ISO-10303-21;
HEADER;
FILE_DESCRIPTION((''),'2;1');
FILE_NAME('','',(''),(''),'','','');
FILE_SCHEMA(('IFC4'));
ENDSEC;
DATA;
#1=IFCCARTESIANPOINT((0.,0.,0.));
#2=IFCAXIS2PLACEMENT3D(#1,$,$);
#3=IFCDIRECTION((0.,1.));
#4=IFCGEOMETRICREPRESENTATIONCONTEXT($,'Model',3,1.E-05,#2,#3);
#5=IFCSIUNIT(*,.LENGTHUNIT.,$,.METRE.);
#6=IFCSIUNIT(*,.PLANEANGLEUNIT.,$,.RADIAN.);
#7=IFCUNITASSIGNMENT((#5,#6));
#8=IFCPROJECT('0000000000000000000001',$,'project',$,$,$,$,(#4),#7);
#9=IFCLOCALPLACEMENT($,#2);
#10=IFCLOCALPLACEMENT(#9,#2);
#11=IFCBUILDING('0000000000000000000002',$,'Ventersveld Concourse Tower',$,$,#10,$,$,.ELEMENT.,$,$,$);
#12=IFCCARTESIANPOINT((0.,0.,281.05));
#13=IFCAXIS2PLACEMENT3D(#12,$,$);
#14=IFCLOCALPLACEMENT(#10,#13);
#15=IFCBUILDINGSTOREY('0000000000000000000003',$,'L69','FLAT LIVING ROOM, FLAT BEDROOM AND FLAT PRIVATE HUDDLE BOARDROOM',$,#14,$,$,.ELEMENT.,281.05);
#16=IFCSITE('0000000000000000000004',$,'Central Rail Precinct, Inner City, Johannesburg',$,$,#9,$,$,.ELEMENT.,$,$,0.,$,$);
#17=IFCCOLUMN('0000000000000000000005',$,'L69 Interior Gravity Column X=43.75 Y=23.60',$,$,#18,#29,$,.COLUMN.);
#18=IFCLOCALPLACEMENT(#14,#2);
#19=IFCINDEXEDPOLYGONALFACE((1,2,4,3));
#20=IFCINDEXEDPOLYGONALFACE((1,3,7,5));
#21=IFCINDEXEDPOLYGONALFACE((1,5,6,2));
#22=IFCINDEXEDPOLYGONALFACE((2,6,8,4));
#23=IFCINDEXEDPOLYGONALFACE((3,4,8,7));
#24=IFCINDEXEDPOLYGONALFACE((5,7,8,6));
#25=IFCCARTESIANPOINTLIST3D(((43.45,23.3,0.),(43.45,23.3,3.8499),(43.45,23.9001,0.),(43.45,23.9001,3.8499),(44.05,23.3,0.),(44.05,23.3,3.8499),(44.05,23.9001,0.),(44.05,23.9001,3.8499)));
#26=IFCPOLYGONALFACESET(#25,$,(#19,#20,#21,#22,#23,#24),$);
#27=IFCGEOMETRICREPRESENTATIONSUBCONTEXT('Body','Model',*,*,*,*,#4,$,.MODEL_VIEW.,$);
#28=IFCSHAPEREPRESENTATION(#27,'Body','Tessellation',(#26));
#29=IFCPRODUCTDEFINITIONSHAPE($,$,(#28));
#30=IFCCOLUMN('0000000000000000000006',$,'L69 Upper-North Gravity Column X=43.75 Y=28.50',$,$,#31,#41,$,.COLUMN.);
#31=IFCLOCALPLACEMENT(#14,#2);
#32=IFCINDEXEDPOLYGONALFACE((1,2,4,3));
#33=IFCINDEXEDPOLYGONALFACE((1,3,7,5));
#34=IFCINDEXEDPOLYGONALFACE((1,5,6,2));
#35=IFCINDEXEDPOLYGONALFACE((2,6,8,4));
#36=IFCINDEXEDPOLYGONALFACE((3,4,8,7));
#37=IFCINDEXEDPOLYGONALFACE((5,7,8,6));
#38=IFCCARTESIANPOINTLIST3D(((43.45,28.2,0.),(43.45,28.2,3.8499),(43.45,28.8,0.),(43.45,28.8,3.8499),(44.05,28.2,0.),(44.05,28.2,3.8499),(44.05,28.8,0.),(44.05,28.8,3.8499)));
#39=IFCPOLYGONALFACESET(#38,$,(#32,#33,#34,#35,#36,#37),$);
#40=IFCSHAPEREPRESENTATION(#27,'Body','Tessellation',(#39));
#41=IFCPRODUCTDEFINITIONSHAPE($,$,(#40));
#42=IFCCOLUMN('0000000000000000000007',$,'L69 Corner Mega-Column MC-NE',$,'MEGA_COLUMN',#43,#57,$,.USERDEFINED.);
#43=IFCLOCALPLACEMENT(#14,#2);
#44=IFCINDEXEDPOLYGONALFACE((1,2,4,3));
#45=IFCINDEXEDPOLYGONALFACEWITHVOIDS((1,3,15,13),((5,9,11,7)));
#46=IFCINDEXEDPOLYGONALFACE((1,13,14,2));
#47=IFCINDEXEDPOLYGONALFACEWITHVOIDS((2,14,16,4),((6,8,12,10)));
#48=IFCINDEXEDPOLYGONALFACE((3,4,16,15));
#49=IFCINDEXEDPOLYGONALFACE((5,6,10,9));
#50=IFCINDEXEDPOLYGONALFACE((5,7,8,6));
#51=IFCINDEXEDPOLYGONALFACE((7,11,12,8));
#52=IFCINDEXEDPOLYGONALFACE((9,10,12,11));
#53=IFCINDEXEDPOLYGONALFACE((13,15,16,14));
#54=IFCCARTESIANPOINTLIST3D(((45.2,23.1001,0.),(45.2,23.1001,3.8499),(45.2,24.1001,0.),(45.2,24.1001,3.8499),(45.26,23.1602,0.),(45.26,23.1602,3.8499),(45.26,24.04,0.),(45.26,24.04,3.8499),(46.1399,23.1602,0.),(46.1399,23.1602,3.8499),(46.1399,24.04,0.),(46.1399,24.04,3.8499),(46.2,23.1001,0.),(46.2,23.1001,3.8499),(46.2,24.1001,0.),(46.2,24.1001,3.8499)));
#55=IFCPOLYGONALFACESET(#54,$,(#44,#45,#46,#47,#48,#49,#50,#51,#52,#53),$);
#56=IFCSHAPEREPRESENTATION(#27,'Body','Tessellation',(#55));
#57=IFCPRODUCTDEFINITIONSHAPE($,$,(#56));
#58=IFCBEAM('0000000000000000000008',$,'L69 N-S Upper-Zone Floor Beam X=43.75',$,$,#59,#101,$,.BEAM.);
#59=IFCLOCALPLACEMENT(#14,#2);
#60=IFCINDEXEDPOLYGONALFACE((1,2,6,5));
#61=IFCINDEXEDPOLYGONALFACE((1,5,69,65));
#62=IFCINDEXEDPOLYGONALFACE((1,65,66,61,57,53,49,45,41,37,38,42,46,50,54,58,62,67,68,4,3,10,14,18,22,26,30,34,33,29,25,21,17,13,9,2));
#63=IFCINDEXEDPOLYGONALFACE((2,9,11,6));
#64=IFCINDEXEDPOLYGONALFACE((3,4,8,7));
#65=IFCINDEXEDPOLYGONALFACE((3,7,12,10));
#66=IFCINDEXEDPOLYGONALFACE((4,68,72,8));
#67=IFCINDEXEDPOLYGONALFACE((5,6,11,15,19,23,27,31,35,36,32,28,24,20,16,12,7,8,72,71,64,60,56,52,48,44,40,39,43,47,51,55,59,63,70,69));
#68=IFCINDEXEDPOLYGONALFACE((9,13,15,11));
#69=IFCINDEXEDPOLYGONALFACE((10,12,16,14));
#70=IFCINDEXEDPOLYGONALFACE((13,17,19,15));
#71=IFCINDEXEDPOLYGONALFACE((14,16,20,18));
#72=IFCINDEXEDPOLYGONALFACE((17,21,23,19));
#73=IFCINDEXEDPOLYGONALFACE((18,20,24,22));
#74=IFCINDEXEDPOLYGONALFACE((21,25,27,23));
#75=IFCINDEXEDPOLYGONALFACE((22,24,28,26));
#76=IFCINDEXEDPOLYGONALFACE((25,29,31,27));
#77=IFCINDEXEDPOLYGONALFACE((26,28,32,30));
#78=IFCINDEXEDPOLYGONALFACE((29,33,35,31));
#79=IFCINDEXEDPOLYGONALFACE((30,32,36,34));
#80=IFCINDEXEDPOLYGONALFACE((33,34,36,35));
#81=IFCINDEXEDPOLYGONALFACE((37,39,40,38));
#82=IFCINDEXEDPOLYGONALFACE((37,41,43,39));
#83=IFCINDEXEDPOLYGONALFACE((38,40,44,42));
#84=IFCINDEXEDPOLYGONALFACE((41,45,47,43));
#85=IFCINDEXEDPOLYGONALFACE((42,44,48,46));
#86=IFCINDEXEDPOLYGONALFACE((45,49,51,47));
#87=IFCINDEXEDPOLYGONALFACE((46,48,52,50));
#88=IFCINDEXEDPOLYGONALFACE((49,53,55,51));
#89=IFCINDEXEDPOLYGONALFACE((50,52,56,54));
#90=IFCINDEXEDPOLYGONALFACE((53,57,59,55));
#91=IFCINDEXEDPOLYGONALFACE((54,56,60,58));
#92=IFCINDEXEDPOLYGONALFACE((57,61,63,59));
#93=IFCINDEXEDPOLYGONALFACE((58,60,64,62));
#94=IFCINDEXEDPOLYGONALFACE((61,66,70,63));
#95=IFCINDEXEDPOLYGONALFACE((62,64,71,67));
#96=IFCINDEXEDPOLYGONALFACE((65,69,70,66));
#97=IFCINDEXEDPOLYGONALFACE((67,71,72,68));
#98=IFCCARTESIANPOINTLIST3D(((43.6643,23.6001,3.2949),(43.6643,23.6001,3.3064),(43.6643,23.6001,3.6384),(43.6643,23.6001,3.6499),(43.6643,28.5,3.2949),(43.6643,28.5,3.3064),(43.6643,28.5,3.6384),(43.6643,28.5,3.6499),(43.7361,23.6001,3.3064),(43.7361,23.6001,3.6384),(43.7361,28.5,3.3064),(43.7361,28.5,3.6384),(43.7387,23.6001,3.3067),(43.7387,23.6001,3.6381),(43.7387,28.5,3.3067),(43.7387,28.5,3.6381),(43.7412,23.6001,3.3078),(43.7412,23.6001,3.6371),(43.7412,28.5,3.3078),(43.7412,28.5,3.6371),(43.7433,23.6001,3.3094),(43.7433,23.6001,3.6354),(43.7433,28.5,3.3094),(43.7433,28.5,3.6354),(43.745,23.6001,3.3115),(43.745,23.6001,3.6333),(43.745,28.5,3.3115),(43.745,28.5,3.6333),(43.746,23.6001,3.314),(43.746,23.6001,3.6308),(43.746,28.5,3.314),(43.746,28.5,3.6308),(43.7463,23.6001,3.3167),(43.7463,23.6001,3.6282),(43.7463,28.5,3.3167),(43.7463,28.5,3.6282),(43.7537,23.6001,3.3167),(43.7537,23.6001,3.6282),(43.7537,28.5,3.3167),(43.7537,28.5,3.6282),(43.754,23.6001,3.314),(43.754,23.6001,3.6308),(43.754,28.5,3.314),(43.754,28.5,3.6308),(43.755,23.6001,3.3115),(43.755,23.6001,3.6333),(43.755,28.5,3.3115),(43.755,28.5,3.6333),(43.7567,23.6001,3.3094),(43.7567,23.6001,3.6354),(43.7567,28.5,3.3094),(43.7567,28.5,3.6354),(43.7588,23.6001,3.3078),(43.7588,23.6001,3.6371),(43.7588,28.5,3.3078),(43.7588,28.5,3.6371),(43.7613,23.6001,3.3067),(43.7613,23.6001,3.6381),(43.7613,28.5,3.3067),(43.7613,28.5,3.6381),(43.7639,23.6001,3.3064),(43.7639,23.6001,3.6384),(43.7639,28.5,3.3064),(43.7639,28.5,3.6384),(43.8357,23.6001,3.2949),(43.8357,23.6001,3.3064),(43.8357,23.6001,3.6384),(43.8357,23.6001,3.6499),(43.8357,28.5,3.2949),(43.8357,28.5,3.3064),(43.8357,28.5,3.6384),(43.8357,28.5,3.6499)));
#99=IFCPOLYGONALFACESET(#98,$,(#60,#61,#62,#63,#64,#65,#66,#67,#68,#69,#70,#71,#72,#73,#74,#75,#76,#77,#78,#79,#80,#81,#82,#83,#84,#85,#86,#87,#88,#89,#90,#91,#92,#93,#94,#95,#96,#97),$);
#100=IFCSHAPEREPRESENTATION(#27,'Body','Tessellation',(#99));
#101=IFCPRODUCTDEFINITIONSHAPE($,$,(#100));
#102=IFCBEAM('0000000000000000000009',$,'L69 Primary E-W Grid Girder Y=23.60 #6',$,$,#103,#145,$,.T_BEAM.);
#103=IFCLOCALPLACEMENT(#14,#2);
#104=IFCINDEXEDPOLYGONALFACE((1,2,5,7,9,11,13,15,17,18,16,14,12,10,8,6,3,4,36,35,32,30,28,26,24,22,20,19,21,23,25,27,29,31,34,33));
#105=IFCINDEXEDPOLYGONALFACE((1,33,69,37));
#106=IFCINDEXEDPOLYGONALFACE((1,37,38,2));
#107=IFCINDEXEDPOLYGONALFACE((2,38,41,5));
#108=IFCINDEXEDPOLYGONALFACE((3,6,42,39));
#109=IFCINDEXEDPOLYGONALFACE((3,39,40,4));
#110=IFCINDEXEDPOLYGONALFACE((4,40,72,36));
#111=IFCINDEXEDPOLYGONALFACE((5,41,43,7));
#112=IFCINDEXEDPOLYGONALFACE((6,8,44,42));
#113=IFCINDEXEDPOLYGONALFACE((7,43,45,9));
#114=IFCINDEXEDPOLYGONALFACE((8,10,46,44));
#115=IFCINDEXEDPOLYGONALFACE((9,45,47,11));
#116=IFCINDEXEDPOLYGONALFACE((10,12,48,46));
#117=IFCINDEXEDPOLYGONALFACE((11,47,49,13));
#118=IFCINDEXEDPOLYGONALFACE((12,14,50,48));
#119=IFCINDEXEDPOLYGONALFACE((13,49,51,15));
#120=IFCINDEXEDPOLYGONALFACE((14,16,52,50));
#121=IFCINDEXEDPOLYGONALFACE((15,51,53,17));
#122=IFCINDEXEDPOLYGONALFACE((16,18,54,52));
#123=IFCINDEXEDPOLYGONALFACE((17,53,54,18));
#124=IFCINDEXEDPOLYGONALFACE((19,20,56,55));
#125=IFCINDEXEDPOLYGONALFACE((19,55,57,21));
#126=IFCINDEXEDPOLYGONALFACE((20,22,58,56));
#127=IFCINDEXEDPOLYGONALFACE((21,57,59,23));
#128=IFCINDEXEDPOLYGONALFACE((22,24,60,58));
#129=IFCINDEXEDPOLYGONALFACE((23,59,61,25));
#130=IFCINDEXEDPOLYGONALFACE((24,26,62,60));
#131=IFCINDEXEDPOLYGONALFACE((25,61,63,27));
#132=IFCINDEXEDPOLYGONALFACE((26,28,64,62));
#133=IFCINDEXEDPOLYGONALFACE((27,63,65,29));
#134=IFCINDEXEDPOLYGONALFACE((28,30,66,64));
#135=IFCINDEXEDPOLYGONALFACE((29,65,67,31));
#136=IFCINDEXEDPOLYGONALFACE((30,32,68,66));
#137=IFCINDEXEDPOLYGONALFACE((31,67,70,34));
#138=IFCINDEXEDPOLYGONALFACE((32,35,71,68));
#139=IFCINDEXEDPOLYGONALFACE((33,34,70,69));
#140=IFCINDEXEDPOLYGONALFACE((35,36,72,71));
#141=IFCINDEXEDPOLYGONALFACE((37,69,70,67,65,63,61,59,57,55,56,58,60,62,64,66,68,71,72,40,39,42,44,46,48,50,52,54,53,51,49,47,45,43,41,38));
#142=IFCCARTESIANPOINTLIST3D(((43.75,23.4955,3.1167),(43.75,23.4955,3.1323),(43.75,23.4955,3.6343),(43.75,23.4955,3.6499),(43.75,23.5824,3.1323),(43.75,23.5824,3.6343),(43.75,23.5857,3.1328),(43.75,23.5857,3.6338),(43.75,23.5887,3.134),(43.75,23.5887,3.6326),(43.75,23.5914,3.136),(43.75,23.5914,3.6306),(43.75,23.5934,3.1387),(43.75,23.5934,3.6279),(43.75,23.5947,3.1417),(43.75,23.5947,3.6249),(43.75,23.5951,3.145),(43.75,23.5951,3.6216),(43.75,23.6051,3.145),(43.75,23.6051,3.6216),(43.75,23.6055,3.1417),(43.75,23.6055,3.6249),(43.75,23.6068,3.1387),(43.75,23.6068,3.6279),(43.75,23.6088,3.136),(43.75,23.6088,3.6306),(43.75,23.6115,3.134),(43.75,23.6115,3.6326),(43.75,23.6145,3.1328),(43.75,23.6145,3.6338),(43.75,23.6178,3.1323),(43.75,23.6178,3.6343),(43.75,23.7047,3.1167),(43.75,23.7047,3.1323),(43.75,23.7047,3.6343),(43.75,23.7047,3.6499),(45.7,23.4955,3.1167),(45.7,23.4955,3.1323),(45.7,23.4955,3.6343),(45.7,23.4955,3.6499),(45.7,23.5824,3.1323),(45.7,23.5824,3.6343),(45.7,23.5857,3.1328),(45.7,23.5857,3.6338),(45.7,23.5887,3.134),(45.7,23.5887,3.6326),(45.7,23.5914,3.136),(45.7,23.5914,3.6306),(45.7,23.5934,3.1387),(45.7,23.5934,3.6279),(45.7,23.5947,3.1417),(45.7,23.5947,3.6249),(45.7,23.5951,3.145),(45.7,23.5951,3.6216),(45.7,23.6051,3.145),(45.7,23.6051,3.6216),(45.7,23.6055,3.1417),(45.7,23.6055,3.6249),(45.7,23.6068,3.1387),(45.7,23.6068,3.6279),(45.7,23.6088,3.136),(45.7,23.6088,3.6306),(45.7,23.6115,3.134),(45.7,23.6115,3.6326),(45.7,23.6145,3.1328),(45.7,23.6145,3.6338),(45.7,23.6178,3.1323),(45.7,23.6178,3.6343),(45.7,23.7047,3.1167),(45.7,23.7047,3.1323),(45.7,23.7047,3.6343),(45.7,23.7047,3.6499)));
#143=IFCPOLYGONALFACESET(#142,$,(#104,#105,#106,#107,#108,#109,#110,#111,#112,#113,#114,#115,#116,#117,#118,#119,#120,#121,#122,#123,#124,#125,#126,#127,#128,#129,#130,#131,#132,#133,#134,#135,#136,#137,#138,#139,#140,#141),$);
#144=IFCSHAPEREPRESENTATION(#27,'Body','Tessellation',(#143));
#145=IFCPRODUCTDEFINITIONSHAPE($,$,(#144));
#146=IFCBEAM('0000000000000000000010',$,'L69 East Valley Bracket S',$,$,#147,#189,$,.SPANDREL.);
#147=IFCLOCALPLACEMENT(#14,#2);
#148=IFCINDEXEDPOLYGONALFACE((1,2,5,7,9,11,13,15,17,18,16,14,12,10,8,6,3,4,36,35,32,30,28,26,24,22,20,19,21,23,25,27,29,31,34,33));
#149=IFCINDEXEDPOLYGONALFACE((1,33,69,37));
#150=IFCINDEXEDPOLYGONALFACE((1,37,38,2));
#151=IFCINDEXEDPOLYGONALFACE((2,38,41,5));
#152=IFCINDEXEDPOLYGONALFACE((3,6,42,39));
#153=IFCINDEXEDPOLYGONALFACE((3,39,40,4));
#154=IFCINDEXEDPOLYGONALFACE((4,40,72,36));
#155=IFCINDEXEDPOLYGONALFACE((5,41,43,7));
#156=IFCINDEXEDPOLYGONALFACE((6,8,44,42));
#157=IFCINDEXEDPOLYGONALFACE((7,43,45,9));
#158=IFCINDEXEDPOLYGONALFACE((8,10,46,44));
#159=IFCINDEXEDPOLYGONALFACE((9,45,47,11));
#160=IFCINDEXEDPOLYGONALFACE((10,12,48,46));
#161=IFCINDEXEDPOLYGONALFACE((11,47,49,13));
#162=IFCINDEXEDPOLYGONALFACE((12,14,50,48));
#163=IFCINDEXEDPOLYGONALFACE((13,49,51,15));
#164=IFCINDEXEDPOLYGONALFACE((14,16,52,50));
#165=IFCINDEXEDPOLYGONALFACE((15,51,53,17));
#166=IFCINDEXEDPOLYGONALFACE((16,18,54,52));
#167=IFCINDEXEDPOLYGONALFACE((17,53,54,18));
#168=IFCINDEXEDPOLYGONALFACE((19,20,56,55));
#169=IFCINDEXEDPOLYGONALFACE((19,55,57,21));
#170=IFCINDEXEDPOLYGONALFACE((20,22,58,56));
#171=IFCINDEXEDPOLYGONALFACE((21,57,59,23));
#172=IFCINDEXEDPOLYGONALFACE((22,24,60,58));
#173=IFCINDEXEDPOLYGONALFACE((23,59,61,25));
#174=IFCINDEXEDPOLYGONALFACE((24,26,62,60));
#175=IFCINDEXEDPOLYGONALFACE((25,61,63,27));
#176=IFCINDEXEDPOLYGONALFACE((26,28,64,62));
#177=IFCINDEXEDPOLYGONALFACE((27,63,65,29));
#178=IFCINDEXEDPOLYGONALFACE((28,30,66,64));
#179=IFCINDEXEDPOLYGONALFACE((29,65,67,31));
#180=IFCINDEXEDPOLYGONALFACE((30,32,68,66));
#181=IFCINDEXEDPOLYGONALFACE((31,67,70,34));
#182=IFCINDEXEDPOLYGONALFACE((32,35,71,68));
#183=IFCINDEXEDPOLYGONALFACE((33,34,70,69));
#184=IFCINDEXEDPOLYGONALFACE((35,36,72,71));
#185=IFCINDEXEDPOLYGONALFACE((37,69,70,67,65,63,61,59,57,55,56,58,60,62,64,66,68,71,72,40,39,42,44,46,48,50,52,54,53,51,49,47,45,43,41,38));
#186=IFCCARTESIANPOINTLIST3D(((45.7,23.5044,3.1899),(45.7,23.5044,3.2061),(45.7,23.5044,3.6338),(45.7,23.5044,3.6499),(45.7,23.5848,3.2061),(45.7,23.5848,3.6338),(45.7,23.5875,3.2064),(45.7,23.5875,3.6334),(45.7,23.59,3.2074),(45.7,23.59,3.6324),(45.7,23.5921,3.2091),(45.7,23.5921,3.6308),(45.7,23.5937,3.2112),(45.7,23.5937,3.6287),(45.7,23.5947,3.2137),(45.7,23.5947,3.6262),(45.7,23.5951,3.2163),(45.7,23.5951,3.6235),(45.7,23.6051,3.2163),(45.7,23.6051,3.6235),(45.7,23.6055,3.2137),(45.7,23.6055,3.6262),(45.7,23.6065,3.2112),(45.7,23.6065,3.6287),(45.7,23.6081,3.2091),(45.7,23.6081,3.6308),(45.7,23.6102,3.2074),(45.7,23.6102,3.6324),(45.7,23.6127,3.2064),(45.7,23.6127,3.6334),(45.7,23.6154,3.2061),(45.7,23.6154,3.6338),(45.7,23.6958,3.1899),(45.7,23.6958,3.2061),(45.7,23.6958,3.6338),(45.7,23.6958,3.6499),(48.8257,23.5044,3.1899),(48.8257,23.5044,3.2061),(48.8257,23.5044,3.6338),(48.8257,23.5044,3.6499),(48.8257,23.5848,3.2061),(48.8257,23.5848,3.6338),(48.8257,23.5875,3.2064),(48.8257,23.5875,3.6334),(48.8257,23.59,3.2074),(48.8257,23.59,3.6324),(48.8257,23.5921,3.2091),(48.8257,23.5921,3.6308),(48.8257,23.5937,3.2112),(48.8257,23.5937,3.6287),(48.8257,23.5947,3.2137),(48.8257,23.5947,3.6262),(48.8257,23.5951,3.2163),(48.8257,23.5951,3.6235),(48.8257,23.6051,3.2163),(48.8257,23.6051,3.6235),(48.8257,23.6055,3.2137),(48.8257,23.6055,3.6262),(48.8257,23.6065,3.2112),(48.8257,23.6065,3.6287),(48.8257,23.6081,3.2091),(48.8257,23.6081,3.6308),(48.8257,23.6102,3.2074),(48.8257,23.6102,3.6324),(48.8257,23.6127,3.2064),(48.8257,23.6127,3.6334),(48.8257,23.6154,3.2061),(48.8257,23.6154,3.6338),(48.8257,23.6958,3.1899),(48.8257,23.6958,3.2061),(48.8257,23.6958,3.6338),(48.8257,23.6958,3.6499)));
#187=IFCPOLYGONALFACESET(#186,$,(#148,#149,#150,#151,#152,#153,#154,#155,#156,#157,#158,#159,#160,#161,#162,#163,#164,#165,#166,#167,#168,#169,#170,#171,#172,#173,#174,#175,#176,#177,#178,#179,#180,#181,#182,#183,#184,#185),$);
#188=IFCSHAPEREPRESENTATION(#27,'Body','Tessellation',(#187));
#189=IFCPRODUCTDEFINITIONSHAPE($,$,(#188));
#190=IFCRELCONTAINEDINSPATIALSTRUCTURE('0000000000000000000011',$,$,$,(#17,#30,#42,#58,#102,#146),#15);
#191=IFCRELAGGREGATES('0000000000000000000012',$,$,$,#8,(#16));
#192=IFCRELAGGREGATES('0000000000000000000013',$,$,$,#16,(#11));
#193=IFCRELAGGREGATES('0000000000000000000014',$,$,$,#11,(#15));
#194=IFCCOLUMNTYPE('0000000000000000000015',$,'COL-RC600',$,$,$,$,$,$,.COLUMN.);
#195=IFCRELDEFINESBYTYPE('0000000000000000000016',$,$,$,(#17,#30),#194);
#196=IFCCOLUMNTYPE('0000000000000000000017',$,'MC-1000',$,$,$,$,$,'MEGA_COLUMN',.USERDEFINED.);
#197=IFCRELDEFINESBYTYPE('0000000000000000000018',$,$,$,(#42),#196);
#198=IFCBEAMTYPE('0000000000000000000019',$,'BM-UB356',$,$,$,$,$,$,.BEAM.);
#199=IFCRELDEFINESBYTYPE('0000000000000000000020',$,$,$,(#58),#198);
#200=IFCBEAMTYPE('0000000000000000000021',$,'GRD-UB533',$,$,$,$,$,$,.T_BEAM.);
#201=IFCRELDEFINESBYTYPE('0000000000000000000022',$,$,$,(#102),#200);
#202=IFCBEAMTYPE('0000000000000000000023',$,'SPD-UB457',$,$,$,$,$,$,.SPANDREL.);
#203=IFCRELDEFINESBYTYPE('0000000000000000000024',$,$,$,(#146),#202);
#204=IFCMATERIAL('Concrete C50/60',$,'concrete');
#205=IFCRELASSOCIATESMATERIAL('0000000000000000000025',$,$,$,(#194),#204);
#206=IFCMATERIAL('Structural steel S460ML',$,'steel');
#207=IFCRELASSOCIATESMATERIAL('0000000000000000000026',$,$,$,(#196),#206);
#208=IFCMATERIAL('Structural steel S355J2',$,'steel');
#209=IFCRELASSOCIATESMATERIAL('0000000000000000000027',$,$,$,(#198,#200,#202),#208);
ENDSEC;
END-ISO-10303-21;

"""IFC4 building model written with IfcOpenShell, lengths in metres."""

from ifc_helpers import new_model, si_unit, direction, frame, origin, origin_2d, place, context, subcontext, project, spatial, rectangle, hollow_rectangle, i_section, extrude, material, material_profile, profile_set, type_object, element, save


model = new_model("IFC4")

# Units and contexts
model_context = context("Model", 3, precision=1e-05, world=origin(), true_north=direction((0.0, 1.0)))
body_context = subcontext(model_context, "Body", "Model", "MODEL_VIEW")
ifc_project = project(units=[si_unit("LENGTHUNIT", "METRE"), si_unit("PLANEANGLEUNIT", "RADIAN")], contexts=[model_context])

# Site, building, storey
site_placement = place(None, origin())
site = spatial("IfcSite", under=ifc_project, at=site_placement, Name="Central Rail Precinct, Inner City, Johannesburg", CompositionType="ELEMENT", RefElevation=0.0)
building_placement = place(site_placement, origin())
building = spatial("IfcBuilding", under=site, at=building_placement, Name="Ventersveld Concourse Tower", CompositionType="ELEMENT")
storey_placement = place(building_placement, frame((0.0, 0.0, 281.05)))
storey = spatial("IfcBuildingStorey", under=building, at=storey_placement, Name="L69", Description="FLAT LIVING ROOM, FLAT BEDROOM AND FLAT PRIVATE HUDDLE BOARDROOM", CompositionType="ELEMENT", Elevation=281.05)

# Columns
ifc_material_1 = material(Name="Concrete C50/60", Category="concrete")
ifc_material_profile_1 = material_profile(ifc_material_1, rectangle(XDim=0.6001, YDim=0.6001, at=origin_2d()), Name="RC 600x600")
ifc_profile_set_1 = profile_set([ifc_material_profile_1], Name="Concrete C50/60")
column_type_1 = type_object("IfcColumnType", Name="COL-RC600", PredefinedType="COLUMN", material=ifc_profile_set_1)
for number, where, z_axis, x_axis, name in (
    (1, (43.75, 23.6001, 0.0), (0.0, 0.0, 1.0), (1.0, 0.0, 0.0), "L69 Interior Gravity Column X=43.75 Y=23.60"),
    (2, (43.75, 28.5, 0.0), (0.0, 0.0, 1.0), (1.0, 0.0, 0.0), "L69 Upper-North Gravity Column X=43.75 Y=28.50"),
):
    element("IfcColumn", number, at=place(storey_placement, frame(where, z_axis=z_axis, x_axis=x_axis)), inside=storey, type_object=column_type_1, Name=name, PredefinedType="COLUMN", context=body_context, shape_type="SweptSolid", body=[
        extrude(rectangle(XDim=0.6001, YDim=0.6001, at=origin_2d()), origin(), (0.0, 0.0, 1.0), 3.8499),
    ])
ifc_material_2 = material(Name="Structural steel S460ML", Category="steel")
ifc_material_profile_2 = material_profile(ifc_material_2, hollow_rectangle(XDim=1.0, YDim=1.0, WallThickness=0.0601, at=origin_2d()), Name="BOX 1000x1000x60")
ifc_profile_set_2 = profile_set([ifc_material_profile_2], Name="Structural steel S460ML")
column_type_2 = type_object("IfcColumnType", Name="MC-1000", ElementType="MEGA_COLUMN", PredefinedType="USERDEFINED", material=ifc_profile_set_2)
column_placement = place(storey_placement, frame((45.7, 23.6001, 0.0), z_axis=(0.0, 0.0, 1.0), x_axis=(1.0, 0.0, 0.0)))
element("IfcColumn", 3, at=column_placement, inside=storey, type_object=column_type_2, Name="L69 Corner Mega-Column MC-NE", ObjectType="MEGA_COLUMN", PredefinedType="USERDEFINED", context=body_context, shape_type="SweptSolid", body=[
    extrude(hollow_rectangle(XDim=1.0, YDim=1.0, WallThickness=0.0601, at=origin_2d()), origin(), (0.0, 0.0, 1.0), 3.8499),
])

# Beams
ifc_material_3 = material(Name="Structural steel S355J2", Category="steel")
ifc_material_profile_3 = material_profile(ifc_material_3, i_section(OverallWidth=0.1714, OverallDepth=0.355, WebThickness=0.0073, FlangeThickness=0.0115, FilletRadius=0.0103, at=origin_2d()), Name="UB 356x171x51")
ifc_profile_set_3 = profile_set([ifc_material_profile_3], Name="Structural steel S355J2")
beam_type_1 = type_object("IfcBeamType", Name="BM-UB356", PredefinedType="BEAM", material=ifc_profile_set_3)
beam_1_placement = place(storey_placement, frame((43.75, 23.6001, 3.4724), z_axis=(0.0, 1.0, 0.0), x_axis=(-1.0, 0.0, 0.0)))
element("IfcBeam", 4, at=beam_1_placement, inside=storey, type_object=beam_type_1, Name="L69 N-S Upper-Zone Floor Beam X=43.75", PredefinedType="BEAM", context=body_context, shape_type="SweptSolid", body=[
    extrude(i_section(OverallWidth=0.1714, OverallDepth=0.355, WebThickness=0.0073, FlangeThickness=0.0115, FilletRadius=0.0103, at=origin_2d()), origin(), (0.0, 0.0, 1.0), 4.8999),
])
ifc_material_profile_4 = material_profile(ifc_material_3, i_section(OverallWidth=0.2092, OverallDepth=0.5332, WebThickness=0.01, FlangeThickness=0.0156, FilletRadius=0.0127, at=origin_2d()), Name="UB 533x210x92")
ifc_profile_set_4 = profile_set([ifc_material_profile_4], Name="Structural steel S355J2")
beam_type_2 = type_object("IfcBeamType", Name="GRD-UB533", PredefinedType="T_BEAM", material=ifc_profile_set_4)
beam_2_placement = place(storey_placement, frame((43.75, 23.6001, 3.3833), z_axis=(1.0, 0.0, 0.0), x_axis=(0.0, 1.0, 0.0)))
element("IfcBeam", 5, at=beam_2_placement, inside=storey, type_object=beam_type_2, Name="L69 Primary E-W Grid Girder Y=23.60 #6", PredefinedType="T_BEAM", context=body_context, shape_type="SweptSolid", body=[
    extrude(i_section(OverallWidth=0.2092, OverallDepth=0.5332, WebThickness=0.01, FlangeThickness=0.0156, FilletRadius=0.0127, at=origin_2d()), origin(), (0.0, 0.0, 1.0), 1.95),
])
ifc_material_profile_5 = material_profile(ifc_material_3, i_section(OverallWidth=0.1914, OverallDepth=0.46, WebThickness=0.01, FlangeThickness=0.0161, FilletRadius=0.0103, at=origin_2d()), Name="UB 457x191x82")
ifc_profile_set_5 = profile_set([ifc_material_profile_5], Name="Structural steel S355J2")
beam_type_3 = type_object("IfcBeamType", Name="SPD-UB457", PredefinedType="SPANDREL", material=ifc_profile_set_5)
beam_3_placement = place(storey_placement, frame((45.7, 23.6001, 3.4199), z_axis=(1.0, 0.0, 0.0), x_axis=(0.0, 1.0, 0.0)))
element("IfcBeam", 6, at=beam_3_placement, inside=storey, type_object=beam_type_3, Name="L69 East Valley Bracket S", PredefinedType="SPANDREL", context=body_context, shape_type="SweptSolid", body=[
    extrude(i_section(OverallWidth=0.1914, OverallDepth=0.46, WebThickness=0.01, FlangeThickness=0.0161, FilletRadius=0.0103, at=origin_2d()), origin(), (0.0, 0.0, 1.0), 3.1257),
])

save(model, "model.ifc")
